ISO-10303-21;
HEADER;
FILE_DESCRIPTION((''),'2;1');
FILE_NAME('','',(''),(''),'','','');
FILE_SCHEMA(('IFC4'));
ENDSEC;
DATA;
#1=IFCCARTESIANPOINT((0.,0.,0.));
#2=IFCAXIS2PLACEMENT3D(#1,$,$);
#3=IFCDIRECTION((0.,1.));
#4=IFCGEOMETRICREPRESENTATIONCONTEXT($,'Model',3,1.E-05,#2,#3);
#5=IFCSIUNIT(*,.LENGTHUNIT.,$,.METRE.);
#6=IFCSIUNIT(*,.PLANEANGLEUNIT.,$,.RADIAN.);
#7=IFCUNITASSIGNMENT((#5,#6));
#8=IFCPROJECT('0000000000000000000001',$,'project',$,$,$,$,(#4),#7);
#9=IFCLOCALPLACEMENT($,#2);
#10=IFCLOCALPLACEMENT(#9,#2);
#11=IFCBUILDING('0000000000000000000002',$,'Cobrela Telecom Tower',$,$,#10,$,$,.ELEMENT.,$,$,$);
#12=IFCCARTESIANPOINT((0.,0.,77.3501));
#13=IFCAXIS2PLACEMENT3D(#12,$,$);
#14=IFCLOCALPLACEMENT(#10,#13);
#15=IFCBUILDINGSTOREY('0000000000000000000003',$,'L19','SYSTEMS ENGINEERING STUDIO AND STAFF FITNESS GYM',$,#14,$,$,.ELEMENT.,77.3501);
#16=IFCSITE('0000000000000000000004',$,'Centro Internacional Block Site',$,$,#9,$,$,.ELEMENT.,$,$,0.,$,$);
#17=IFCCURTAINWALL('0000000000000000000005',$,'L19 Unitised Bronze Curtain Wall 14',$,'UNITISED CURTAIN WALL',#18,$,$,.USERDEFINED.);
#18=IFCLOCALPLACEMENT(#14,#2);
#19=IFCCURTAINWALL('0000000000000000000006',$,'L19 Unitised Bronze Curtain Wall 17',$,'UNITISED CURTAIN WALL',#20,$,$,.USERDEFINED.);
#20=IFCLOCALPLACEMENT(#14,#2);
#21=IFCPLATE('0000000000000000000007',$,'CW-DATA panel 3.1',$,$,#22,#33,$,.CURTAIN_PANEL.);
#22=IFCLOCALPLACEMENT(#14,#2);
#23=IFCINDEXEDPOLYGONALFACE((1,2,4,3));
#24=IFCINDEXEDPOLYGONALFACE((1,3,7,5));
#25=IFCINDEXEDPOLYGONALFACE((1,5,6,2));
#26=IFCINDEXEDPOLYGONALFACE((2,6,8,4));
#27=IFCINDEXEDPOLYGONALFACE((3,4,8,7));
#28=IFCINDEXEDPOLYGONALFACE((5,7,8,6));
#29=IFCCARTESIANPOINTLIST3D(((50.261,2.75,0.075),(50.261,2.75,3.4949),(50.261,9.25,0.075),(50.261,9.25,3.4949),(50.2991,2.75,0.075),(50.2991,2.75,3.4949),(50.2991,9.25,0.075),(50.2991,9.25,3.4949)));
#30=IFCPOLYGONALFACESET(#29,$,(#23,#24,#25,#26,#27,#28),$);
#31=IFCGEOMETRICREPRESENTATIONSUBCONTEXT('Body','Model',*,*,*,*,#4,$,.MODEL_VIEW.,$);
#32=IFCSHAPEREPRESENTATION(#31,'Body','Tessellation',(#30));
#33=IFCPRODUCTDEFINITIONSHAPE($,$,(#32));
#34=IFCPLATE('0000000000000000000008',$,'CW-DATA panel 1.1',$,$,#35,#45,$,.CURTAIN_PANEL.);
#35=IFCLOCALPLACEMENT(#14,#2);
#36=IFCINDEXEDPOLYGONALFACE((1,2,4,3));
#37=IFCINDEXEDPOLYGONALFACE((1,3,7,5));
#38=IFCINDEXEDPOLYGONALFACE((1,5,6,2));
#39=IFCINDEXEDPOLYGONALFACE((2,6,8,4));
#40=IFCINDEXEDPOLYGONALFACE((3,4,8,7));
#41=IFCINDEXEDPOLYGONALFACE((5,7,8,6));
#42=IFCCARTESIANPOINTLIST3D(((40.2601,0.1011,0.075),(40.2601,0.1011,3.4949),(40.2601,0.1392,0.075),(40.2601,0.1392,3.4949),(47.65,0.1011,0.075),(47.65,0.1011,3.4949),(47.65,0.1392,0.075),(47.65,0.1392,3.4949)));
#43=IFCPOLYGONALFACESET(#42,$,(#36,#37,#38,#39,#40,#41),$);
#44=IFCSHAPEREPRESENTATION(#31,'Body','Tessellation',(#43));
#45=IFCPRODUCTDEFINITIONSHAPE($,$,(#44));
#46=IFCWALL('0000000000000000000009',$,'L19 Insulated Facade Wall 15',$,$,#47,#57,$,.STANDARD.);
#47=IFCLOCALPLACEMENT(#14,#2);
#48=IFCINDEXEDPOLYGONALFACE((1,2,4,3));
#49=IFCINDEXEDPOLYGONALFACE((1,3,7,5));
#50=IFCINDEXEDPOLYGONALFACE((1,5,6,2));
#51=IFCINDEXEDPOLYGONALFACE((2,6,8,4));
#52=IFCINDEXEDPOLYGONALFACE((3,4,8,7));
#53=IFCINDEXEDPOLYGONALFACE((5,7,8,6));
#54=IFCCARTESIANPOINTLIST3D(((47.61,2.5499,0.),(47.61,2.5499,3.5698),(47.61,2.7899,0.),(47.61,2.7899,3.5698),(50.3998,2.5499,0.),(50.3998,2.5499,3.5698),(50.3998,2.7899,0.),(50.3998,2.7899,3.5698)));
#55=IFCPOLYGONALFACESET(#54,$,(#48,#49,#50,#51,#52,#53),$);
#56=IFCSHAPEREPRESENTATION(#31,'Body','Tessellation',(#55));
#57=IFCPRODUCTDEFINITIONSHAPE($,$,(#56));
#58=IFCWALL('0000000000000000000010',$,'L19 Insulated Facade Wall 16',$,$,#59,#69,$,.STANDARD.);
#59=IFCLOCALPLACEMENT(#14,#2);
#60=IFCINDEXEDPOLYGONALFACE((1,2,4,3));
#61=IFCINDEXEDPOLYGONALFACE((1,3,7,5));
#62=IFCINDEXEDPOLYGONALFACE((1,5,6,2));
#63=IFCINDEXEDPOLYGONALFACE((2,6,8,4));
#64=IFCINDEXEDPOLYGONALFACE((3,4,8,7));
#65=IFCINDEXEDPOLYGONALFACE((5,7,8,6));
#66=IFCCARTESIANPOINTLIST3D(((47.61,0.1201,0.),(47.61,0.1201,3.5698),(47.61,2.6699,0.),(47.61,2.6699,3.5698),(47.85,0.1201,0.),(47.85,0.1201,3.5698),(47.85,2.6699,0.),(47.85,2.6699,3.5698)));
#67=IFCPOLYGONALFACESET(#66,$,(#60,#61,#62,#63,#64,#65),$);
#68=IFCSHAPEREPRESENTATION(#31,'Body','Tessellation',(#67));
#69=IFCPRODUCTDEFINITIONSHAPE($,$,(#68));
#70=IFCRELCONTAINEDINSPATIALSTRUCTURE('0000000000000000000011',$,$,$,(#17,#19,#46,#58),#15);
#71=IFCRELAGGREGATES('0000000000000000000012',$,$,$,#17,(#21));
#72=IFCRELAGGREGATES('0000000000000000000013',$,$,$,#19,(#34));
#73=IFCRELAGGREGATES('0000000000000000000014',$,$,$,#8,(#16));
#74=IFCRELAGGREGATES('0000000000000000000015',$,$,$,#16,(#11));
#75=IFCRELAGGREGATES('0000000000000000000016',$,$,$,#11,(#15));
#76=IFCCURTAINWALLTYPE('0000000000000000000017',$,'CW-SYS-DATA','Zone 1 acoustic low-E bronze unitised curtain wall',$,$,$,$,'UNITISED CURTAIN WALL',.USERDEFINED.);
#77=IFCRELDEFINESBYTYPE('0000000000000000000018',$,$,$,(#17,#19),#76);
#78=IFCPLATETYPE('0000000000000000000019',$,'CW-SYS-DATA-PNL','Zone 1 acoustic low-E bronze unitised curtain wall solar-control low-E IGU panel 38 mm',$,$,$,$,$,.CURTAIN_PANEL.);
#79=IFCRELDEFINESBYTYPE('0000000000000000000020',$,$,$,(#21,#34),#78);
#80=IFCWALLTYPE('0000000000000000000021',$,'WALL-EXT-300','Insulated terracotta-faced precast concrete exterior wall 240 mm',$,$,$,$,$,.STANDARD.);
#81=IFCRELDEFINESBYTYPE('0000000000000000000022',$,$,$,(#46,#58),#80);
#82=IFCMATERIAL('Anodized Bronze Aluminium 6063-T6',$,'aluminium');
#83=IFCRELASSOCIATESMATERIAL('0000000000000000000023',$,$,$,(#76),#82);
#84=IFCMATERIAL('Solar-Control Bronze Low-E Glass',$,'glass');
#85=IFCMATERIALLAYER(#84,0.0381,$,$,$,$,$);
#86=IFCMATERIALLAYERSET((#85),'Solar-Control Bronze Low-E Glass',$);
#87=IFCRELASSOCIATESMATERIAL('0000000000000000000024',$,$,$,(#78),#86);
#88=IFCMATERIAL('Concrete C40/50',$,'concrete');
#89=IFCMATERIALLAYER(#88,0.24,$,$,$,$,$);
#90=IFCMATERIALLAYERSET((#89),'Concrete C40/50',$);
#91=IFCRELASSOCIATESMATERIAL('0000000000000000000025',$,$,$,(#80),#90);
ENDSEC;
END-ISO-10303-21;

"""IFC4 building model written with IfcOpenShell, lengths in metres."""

from ifc_helpers import new_model, si_unit, direction, frame, frame_2d, origin, origin_2d, place, context, subcontext, project, spatial, rectangle, extrude, material, layer, layer_set, type_object, element, aggregate, save


model = new_model("IFC4")

# Units and contexts
model_context = context("Model", 3, precision=1e-05, world=origin(), true_north=direction((0.0, 1.0)))
body_context = subcontext(model_context, "Body", "Model", "MODEL_VIEW")
ifc_project = project(units=[si_unit("LENGTHUNIT", "METRE"), si_unit("PLANEANGLEUNIT", "RADIAN")], contexts=[model_context])

# Site, building, storey
site_placement = place(None, origin())
site = spatial("IfcSite", under=ifc_project, at=site_placement, Name="Centro Internacional Block Site", CompositionType="ELEMENT", RefElevation=0.0)
building_placement = place(site_placement, origin())
building = spatial("IfcBuilding", under=site, at=building_placement, Name="Cobrela Telecom Tower", CompositionType="ELEMENT")
storey_placement = place(building_placement, frame((0.0, 0.0, 77.3501)))
storey = spatial("IfcBuildingStorey", under=building, at=storey_placement, Name="L19", Description="SYSTEMS ENGINEERING STUDIO AND STAFF FITNESS GYM", CompositionType="ELEMENT", Elevation=77.3501)

# Curtain wall
ifc_material_1 = material(Name="Anodized Bronze Aluminium 6063-T6", Category="aluminium")
curtain_wall_type = type_object("IfcCurtainWallType", Name="CW-SYS-DATA", Description="Zone 1 acoustic low-E bronze unitised curtain wall", ElementType="UNITISED CURTAIN WALL", PredefinedType="USERDEFINED", material=ifc_material_1)
curtain_wall_1_placement = place(storey_placement, origin())
curtain_wall_1 = element("IfcCurtainWall", 1, at=curtain_wall_1_placement, inside=storey, type_object=curtain_wall_type, Name="L19 Unitised Bronze Curtain Wall 14", ObjectType="UNITISED CURTAIN WALL", PredefinedType="USERDEFINED")

# Curtain wall
curtain_wall_2_placement = place(storey_placement, origin())
curtain_wall_2 = element("IfcCurtainWall", 2, at=curtain_wall_2_placement, inside=storey, type_object=curtain_wall_type, Name="L19 Unitised Bronze Curtain Wall 17", ObjectType="UNITISED CURTAIN WALL", PredefinedType="USERDEFINED")

# Plates
ifc_material_2 = material(Name="Solar-Control Bronze Low-E Glass", Category="glass")
ifc_layer_1 = layer(ifc_material_2, 0.0381)
ifc_layer_set_1 = layer_set([ifc_layer_1], Name="Solar-Control Bronze Low-E Glass")
plate_type = type_object("IfcPlateType", Name="CW-SYS-DATA-PNL", Description="Zone 1 acoustic low-E bronze unitised curtain wall solar-control low-E IGU panel 38 mm", PredefinedType="CURTAIN_PANEL", material=ifc_layer_set_1)
plate_1_placement = place(storey_placement, frame((50.28, 6.0, 0.075), z_axis=(0.0, 0.0, 1.0), x_axis=(0.0, -1.0, 0.0)))
plate_1 = element("IfcPlate", 3, at=plate_1_placement, type_object=plate_type, Name="CW-DATA panel 3.1", PredefinedType="CURTAIN_PANEL", context=body_context, shape_type="SweptSolid", body=[
    extrude(rectangle(XDim=6.5, YDim=0.0381, at=origin_2d()), origin(), (0.0, 0.0, 1.0), 3.4199),
])
aggregate(curtain_wall_1, [plate_1])
plate_2_placement = place(storey_placement, frame((43.9551, 0.1201, 0.075), z_axis=(0.0, 0.0, 1.0), x_axis=(-1.0, 0.0, 0.0)))
plate_2 = element("IfcPlate", 4, at=plate_2_placement, type_object=plate_type, Name="CW-DATA panel 1.1", PredefinedType="CURTAIN_PANEL", context=body_context, shape_type="SweptSolid", body=[
    extrude(rectangle(XDim=7.3899, YDim=0.0381, at=origin_2d()), origin(), (0.0, 0.0, 1.0), 3.4199),
])
aggregate(curtain_wall_2, [plate_2])

# Walls
ifc_material_3 = material(Name="Concrete C40/50", Category="concrete")
ifc_layer_2 = layer(ifc_material_3, 0.24)
ifc_layer_set_2 = layer_set([ifc_layer_2], Name="Concrete C40/50")
wall_type = type_object("IfcWallType", Name="WALL-EXT-300", Description="Insulated terracotta-faced precast concrete exterior wall 240 mm", PredefinedType="STANDARD", material=ifc_layer_set_2)
wall_1_placement = place(storey_placement, frame((50.3999, 2.6699, 0.0), z_axis=(0.0, 0.0, 1.0), x_axis=(-1.0, 0.0, 0.0)))
element("IfcWall", 5, at=wall_1_placement, inside=storey, type_object=wall_type, Name="L19 Insulated Facade Wall 15", PredefinedType="STANDARD", context=body_context, shape_type="SweptSolid", body=[
    extrude(rectangle(XDim=2.7898, YDim=0.24, at=frame_2d((1.395, 0.0))), origin(), (0.0, 0.0, 1.0), 3.5698),
])
wall_2_placement = place(storey_placement, frame((47.73, 2.6699, 0.0), z_axis=(0.0, 0.0, 1.0), x_axis=(0.0, -1.0, 0.0)))
element("IfcWall", 6, at=wall_2_placement, inside=storey, type_object=wall_type, Name="L19 Insulated Facade Wall 16", PredefinedType="STANDARD", context=body_context, shape_type="SweptSolid", body=[
    extrude(rectangle(XDim=2.5498, YDim=0.24, at=frame_2d((1.2749, 0.0))), origin(), (0.0, 0.0, 1.0), 3.5698),
])

save(model, "model.ifc")
